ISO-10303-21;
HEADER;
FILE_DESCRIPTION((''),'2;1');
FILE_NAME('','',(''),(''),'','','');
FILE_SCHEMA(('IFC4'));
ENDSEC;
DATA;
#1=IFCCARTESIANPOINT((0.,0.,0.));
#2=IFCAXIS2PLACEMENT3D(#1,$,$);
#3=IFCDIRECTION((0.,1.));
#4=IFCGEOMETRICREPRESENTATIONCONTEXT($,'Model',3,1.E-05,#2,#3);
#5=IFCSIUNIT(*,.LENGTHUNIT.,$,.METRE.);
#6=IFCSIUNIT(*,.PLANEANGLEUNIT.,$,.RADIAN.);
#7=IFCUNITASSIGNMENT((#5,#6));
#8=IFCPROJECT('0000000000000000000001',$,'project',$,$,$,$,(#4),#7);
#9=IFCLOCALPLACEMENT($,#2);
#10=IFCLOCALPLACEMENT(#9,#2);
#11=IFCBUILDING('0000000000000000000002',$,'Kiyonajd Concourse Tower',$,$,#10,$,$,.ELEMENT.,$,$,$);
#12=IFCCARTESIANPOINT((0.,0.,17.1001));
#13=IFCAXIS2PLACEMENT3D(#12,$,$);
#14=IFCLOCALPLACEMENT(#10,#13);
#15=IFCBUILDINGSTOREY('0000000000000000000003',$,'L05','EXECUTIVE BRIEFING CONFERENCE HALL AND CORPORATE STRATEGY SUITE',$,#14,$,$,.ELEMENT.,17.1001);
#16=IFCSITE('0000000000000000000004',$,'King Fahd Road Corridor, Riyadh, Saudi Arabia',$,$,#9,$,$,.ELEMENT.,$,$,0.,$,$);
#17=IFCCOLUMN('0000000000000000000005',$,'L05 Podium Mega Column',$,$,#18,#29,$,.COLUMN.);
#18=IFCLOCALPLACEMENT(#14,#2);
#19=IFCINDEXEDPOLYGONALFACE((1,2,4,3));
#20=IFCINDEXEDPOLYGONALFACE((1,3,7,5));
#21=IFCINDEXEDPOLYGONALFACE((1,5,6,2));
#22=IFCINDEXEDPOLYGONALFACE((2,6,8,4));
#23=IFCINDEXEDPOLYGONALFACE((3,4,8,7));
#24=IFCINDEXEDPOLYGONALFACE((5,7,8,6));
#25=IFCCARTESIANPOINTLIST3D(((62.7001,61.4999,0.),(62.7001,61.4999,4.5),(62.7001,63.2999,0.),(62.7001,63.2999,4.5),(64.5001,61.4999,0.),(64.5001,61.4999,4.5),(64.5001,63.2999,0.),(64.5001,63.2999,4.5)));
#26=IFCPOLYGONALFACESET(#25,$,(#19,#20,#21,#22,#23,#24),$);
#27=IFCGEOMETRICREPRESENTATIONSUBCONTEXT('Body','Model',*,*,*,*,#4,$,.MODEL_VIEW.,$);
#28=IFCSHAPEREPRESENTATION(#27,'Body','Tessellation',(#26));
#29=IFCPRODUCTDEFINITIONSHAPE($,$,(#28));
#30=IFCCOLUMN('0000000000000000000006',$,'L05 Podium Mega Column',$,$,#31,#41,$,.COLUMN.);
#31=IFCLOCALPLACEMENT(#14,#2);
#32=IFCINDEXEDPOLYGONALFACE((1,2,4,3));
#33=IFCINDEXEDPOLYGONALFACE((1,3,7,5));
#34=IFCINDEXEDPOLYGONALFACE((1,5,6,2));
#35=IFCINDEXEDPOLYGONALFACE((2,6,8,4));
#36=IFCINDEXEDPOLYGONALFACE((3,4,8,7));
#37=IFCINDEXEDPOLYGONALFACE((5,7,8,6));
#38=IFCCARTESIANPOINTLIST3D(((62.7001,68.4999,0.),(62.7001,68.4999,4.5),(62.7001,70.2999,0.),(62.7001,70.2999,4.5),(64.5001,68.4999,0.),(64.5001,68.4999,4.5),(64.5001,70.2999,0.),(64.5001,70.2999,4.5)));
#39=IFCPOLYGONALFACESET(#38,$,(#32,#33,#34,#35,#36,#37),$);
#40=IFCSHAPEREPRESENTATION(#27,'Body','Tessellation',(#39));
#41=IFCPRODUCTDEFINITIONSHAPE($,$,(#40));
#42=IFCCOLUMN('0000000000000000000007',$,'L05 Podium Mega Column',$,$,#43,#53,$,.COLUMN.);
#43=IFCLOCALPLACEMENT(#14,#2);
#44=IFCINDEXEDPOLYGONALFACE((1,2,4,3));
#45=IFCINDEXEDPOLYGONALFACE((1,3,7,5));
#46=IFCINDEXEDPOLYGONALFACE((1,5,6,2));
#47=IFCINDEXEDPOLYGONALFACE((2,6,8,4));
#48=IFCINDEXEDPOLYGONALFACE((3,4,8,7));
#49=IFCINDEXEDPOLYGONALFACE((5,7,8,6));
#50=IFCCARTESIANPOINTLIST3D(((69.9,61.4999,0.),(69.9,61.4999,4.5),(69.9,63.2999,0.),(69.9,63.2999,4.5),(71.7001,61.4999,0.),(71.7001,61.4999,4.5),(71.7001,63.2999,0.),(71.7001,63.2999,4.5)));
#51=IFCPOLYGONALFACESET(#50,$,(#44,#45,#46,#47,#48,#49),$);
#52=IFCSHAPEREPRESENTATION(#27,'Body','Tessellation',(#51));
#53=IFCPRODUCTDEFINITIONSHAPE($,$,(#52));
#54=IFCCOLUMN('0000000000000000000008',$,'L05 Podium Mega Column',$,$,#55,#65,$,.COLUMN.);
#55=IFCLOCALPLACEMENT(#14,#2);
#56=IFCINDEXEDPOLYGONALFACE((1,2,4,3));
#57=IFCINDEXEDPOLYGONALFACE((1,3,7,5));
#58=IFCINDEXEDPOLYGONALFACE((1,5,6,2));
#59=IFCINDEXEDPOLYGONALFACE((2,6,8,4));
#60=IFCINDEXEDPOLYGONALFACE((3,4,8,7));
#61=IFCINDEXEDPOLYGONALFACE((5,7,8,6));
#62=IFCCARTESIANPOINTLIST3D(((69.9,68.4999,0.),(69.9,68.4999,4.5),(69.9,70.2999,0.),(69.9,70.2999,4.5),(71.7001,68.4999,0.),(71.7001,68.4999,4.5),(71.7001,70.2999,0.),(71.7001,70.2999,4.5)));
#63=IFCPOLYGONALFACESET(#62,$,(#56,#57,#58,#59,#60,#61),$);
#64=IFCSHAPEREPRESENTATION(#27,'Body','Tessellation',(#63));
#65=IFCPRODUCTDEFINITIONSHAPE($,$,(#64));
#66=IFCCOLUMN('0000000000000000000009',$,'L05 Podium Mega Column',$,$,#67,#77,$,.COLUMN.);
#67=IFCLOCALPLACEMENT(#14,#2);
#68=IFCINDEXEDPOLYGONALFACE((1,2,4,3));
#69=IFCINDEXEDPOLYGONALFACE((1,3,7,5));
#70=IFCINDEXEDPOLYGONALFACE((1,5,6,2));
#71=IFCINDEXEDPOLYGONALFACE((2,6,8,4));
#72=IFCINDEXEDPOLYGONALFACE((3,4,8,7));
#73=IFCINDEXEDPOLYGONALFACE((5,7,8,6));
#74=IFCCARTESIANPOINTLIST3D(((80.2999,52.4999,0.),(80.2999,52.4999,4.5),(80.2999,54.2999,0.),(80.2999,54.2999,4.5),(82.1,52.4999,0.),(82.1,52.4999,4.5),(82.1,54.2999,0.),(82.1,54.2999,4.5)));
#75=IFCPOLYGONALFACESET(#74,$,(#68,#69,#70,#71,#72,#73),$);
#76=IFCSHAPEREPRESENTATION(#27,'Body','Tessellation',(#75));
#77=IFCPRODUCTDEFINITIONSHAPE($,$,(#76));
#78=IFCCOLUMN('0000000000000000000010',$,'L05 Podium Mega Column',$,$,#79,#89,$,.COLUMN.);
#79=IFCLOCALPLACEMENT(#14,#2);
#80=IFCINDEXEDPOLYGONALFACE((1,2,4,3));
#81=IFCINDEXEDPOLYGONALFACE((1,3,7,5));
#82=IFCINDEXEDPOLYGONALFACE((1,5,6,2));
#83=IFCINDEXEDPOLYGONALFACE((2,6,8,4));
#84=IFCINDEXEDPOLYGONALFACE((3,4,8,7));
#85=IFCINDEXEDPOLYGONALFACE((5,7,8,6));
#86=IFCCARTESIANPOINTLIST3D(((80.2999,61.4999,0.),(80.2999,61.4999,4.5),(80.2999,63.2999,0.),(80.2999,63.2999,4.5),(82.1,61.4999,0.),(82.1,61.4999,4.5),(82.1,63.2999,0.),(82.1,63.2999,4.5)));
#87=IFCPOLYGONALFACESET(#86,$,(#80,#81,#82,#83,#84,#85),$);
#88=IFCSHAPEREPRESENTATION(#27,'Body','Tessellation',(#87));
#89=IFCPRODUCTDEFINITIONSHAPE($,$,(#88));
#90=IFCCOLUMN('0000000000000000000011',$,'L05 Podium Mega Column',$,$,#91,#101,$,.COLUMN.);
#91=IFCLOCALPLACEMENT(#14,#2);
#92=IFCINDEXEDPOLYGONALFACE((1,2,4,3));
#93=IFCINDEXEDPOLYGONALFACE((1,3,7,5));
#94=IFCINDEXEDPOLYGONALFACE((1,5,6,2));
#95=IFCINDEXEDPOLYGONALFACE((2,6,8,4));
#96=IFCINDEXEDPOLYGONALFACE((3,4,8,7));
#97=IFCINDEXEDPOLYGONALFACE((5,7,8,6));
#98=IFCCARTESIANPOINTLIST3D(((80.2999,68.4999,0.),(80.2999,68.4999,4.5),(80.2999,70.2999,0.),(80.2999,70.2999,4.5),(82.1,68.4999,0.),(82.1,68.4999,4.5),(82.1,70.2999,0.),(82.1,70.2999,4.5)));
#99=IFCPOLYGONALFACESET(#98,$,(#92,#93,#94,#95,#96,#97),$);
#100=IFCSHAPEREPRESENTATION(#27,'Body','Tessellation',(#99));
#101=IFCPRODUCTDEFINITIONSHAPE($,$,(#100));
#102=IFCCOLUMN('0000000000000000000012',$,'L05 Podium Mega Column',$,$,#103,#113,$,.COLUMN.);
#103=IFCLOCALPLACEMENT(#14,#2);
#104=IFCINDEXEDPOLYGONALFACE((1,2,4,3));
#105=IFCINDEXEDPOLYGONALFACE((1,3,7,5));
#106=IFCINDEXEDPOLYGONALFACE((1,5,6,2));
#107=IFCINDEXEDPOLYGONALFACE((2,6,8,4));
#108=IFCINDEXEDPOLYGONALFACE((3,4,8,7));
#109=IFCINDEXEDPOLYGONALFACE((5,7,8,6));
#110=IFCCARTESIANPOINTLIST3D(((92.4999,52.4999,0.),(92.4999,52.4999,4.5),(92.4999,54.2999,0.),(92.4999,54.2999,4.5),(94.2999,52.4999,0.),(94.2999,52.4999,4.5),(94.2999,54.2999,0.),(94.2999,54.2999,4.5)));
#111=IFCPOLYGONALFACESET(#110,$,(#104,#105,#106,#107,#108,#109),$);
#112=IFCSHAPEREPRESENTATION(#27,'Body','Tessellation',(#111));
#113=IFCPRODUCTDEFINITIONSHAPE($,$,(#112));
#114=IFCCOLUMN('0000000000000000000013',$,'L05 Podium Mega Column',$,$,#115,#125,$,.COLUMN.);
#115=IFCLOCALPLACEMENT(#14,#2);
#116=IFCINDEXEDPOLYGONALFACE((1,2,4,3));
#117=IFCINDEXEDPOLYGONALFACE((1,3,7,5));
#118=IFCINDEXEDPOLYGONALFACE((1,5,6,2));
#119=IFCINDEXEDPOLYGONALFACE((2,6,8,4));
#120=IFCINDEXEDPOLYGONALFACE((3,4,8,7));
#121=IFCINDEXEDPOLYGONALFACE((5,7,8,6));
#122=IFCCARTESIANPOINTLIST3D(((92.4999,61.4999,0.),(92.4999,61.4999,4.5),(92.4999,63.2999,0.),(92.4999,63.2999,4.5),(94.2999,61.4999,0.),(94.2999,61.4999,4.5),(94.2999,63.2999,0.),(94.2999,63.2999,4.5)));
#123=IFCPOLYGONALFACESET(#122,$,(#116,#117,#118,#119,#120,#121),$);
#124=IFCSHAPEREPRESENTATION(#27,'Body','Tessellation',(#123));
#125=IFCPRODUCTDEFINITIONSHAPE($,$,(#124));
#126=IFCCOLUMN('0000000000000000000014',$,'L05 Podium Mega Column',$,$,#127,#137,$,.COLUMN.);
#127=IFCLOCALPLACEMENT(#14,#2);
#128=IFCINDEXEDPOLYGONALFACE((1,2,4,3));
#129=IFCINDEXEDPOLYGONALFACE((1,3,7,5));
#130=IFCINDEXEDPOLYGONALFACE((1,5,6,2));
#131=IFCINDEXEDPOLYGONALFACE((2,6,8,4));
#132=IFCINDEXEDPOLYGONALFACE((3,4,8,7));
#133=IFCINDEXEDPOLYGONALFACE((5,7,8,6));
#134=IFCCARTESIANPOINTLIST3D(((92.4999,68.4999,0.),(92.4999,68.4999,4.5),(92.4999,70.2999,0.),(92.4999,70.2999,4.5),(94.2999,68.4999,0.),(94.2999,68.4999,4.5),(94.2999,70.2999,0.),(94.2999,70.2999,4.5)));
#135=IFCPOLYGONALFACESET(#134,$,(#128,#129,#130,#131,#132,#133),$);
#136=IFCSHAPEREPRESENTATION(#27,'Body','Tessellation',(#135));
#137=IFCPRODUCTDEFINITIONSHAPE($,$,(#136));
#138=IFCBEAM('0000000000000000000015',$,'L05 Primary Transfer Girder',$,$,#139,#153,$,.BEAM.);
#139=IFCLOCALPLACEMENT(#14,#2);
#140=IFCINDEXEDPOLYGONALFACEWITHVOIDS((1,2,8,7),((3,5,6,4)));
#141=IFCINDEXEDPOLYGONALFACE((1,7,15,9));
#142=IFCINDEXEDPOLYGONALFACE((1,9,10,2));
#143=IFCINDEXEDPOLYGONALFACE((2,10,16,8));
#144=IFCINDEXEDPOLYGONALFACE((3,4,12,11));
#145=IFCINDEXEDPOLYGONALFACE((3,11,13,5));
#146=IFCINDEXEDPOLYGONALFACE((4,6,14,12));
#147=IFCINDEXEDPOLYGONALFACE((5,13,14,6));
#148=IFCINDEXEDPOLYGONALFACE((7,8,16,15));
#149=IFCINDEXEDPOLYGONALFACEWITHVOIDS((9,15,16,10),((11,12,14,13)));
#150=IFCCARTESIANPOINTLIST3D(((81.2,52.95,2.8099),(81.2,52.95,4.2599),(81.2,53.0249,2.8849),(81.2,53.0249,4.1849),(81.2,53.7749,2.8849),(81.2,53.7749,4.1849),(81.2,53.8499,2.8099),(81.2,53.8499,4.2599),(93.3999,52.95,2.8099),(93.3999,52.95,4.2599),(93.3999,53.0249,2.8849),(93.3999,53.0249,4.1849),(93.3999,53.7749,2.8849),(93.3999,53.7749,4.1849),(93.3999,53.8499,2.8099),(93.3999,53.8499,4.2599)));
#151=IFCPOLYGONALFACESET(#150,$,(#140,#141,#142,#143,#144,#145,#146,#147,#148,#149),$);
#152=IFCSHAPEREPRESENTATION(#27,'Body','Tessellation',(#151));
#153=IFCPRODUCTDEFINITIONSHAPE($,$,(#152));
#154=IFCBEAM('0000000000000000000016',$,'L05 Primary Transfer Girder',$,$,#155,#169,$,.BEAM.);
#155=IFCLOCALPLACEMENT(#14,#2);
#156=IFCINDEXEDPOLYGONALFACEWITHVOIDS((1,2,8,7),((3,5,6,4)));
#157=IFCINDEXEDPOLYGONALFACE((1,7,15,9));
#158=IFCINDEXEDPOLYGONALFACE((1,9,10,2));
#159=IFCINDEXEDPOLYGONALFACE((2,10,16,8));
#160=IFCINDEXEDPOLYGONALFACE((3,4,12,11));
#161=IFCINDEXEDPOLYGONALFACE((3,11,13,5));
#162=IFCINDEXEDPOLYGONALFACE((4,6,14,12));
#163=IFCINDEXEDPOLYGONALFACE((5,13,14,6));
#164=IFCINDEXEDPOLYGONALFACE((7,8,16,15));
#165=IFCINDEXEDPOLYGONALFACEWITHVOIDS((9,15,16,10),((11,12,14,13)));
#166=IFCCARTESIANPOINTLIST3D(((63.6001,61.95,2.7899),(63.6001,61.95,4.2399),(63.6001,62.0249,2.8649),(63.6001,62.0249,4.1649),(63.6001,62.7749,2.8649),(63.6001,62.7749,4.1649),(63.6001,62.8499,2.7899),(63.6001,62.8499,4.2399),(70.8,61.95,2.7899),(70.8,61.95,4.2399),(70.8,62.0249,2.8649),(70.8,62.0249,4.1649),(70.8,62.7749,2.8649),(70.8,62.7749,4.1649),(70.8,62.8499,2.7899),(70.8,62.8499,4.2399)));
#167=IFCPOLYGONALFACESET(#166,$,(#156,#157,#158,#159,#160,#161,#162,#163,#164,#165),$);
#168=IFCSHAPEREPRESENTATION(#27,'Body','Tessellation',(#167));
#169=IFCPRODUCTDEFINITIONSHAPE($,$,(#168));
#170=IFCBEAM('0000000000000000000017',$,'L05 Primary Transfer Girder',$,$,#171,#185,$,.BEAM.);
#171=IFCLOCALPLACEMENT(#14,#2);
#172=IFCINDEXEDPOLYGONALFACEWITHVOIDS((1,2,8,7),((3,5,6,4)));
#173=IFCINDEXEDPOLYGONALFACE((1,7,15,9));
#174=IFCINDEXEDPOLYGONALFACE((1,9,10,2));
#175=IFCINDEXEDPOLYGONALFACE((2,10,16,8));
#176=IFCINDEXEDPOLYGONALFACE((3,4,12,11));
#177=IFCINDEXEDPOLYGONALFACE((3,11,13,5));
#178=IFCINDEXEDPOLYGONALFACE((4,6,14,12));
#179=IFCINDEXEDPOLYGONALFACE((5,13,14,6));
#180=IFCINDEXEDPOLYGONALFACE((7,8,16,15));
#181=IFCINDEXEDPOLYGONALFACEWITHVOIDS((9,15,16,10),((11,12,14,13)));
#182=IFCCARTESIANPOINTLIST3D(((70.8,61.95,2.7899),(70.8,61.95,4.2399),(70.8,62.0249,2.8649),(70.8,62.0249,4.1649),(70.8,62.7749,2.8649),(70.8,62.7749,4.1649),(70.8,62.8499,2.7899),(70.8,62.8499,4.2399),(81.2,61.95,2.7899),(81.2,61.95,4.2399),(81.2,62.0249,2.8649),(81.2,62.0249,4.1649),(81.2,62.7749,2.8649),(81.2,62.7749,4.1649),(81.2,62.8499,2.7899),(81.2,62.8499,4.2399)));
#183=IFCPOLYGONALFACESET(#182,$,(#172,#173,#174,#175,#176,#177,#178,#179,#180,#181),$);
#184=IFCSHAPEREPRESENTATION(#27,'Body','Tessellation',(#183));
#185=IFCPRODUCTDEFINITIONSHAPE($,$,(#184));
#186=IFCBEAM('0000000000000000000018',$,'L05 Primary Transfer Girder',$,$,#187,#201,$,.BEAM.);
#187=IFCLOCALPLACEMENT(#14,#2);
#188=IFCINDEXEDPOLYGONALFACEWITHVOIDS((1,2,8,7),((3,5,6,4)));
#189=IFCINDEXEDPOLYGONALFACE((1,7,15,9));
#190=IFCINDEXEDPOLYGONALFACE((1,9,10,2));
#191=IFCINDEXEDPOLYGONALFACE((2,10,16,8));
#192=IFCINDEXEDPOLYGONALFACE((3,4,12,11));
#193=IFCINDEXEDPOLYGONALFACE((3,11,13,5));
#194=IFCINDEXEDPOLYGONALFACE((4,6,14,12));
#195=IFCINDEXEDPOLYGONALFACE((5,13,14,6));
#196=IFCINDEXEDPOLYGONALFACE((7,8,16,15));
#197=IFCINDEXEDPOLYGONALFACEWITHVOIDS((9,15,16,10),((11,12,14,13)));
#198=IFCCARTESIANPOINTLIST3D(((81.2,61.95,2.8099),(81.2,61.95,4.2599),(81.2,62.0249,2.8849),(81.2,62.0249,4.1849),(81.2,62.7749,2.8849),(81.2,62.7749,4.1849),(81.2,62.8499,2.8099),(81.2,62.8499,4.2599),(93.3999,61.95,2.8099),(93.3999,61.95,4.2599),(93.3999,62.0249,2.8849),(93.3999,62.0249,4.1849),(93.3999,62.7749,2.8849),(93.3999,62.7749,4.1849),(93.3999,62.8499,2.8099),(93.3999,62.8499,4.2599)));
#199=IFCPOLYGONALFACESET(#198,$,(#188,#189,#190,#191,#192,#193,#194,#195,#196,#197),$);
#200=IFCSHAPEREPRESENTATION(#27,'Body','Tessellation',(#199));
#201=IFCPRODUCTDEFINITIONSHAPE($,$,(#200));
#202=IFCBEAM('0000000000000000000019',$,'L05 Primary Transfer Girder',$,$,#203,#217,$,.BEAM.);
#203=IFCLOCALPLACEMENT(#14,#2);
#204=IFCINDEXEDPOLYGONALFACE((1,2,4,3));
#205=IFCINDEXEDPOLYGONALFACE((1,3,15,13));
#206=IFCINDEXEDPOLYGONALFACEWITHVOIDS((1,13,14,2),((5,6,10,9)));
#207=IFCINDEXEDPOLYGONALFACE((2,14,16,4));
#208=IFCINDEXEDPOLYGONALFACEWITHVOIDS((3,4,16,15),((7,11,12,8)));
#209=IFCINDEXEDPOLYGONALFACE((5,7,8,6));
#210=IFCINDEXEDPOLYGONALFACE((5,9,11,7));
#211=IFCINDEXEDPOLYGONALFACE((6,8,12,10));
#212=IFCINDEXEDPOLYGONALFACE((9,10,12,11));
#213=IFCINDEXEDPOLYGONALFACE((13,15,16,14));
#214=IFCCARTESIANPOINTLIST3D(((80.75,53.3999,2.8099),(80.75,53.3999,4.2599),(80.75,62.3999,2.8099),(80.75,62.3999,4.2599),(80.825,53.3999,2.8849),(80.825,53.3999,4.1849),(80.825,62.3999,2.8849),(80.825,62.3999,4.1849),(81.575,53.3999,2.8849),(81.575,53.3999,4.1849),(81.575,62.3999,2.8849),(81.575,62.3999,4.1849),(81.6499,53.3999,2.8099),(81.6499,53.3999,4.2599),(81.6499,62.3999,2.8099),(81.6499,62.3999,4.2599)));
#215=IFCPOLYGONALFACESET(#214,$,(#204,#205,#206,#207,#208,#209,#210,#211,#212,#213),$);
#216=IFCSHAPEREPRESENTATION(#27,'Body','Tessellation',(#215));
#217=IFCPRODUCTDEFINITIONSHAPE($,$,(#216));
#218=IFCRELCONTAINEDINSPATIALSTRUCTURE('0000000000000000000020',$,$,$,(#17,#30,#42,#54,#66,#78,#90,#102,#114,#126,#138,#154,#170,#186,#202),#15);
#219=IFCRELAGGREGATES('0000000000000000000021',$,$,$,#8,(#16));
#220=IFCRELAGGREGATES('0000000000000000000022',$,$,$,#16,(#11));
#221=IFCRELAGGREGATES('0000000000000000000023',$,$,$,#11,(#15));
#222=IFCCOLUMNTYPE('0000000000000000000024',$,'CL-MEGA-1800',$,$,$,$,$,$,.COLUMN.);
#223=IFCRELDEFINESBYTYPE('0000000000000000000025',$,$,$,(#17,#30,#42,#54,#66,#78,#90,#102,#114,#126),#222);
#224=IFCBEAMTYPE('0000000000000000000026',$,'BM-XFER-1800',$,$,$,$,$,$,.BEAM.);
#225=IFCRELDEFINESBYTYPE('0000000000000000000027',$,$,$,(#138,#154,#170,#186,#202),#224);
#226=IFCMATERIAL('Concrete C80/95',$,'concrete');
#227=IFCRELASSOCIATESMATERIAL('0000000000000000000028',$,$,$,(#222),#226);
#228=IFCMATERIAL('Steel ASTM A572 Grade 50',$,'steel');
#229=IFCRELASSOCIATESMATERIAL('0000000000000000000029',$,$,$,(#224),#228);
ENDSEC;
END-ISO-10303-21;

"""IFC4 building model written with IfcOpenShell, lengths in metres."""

from ifc_helpers import new_model, si_unit, direction, frame, origin, origin_2d, place, context, subcontext, project, spatial, rectangle, hollow_rectangle, extrude, material, material_profile, profile_set, type_object, element, save


model = new_model("IFC4")

# Units and contexts
model_context = context("Model", 3, precision=1e-05, world=origin(), true_north=direction((0.0, 1.0)))
body_context = subcontext(model_context, "Body", "Model", "MODEL_VIEW")
ifc_project = project(units=[si_unit("LENGTHUNIT", "METRE"), si_unit("PLANEANGLEUNIT", "RADIAN")], contexts=[model_context])

# Site, building, storey
site_placement = place(None, origin())
site = spatial("IfcSite", under=ifc_project, at=site_placement, Name="King Fahd Road Corridor, Riyadh, Saudi Arabia", CompositionType="ELEMENT", RefElevation=0.0)
building_placement = place(site_placement, origin())
building = spatial("IfcBuilding", under=site, at=building_placement, Name="Kiyonajd Concourse Tower", CompositionType="ELEMENT")
storey_placement = place(building_placement, frame((0.0, 0.0, 17.1001)))
storey = spatial("IfcBuildingStorey", under=building, at=storey_placement, Name="L05", Description="EXECUTIVE BRIEFING CONFERENCE HALL AND CORPORATE STRATEGY SUITE", CompositionType="ELEMENT", Elevation=17.1001)

# Columns
ifc_material_1 = material(Name="Concrete C80/95", Category="concrete")
ifc_material_profile_1 = material_profile(ifc_material_1, rectangle(XDim=1.8, YDim=1.8, at=origin_2d()), Name="RC-1800x1800")
ifc_profile_set_1 = profile_set([ifc_material_profile_1], Name="Concrete C80/95")
column_type = type_object("IfcColumnType", Name="CL-MEGA-1800", PredefinedType="COLUMN", material=ifc_profile_set_1)
for number, where, z_axis, x_axis, name in (
    (1, (63.6001, 62.3999, 0.0), (0.0, 0.0, 1.0), (1.0, 0.0, 0.0), "L05 Podium Mega Column"),
    (2, (63.6001, 69.3999, 0.0), (0.0, 0.0, 1.0), (1.0, 0.0, 0.0), "L05 Podium Mega Column"),
    (3, (70.8, 62.3999, 0.0), (0.0, 0.0, 1.0), (1.0, 0.0, 0.0), "L05 Podium Mega Column"),
    (4, (70.8, 69.3999, 0.0), (0.0, 0.0, 1.0), (1.0, 0.0, 0.0), "L05 Podium Mega Column"),
    (5, (81.2, 53.3999, 0.0), (0.0, 0.0, 1.0), (1.0, 0.0, 0.0), "L05 Podium Mega Column"),
    (6, (81.2, 62.3999, 0.0), (0.0, 0.0, 1.0), (1.0, 0.0, 0.0), "L05 Podium Mega Column"),
    (7, (81.2, 69.3999, 0.0), (0.0, 0.0, 1.0), (1.0, 0.0, 0.0), "L05 Podium Mega Column"),
    (8, (93.3999, 53.3999, 0.0), (0.0, 0.0, 1.0), (1.0, 0.0, 0.0), "L05 Podium Mega Column"),
    (9, (93.3999, 62.3999, 0.0), (0.0, 0.0, 1.0), (1.0, 0.0, 0.0), "L05 Podium Mega Column"),
    (10, (93.3999, 69.3999, 0.0), (0.0, 0.0, 1.0), (1.0, 0.0, 0.0), "L05 Podium Mega Column"),
):
    element("IfcColumn", number, at=place(storey_placement, frame(where, z_axis=z_axis, x_axis=x_axis)), inside=storey, type_object=column_type, Name=name, PredefinedType="COLUMN", context=body_context, shape_type="SweptSolid", body=[
        extrude(rectangle(XDim=1.8, YDim=1.8, at=origin_2d()), origin(), (0.0, 0.0, 1.0), 4.5),
    ])

# Beams
ifc_material_2 = material(Name="Steel ASTM A572 Grade 50", Category="steel")
ifc_material_profile_2 = material_profile(ifc_material_2, hollow_rectangle(XDim=0.8999, YDim=1.45, WallThickness=0.075, at=origin_2d()), Name="BOX-1450x900x75")
ifc_profile_set_2 = profile_set([ifc_material_profile_2], Name="Steel ASTM A572 Grade 50")
beam_type = type_object("IfcBeamType", Name="BM-XFER-1800", PredefinedType="BEAM", material=ifc_profile_set_2)
beam_1_placement = place(storey_placement, frame((81.2, 53.3999, 3.5349), z_axis=(1.0, 0.0, 0.0), x_axis=(0.0, 1.0, 0.0)))
element("IfcBeam", 11, at=beam_1_placement, inside=storey, type_object=beam_type, Name="L05 Primary Transfer Girder", PredefinedType="BEAM", context=body_context, shape_type="SweptSolid", body=[
    extrude(hollow_rectangle(XDim=0.8999, YDim=1.45, WallThickness=0.075, at=origin_2d()), origin(), (0.0, 0.0, 1.0), 12.2),
])
beam_2_placement = place(storey_placement, frame((63.6001, 62.3999, 3.5149), z_axis=(1.0, 0.0, 0.0), x_axis=(0.0, 1.0, 0.0)))
element("IfcBeam", 12, at=beam_2_placement, inside=storey, type_object=beam_type, Name="L05 Primary Transfer Girder", PredefinedType="BEAM", context=body_context, shape_type="SweptSolid", body=[
    extrude(hollow_rectangle(XDim=0.8999, YDim=1.45, WallThickness=0.075, at=origin_2d()), origin(), (0.0, 0.0, 1.0), 7.2),
])
beam_3_placement = place(storey_placement, frame((70.8, 62.3999, 3.5149), z_axis=(1.0, 0.0, 0.0), x_axis=(0.0, 1.0, 0.0)))
element("IfcBeam", 13, at=beam_3_placement, inside=storey, type_object=beam_type, Name="L05 Primary Transfer Girder", PredefinedType="BEAM", context=body_context, shape_type="SweptSolid", body=[
    extrude(hollow_rectangle(XDim=0.8999, YDim=1.45, WallThickness=0.075, at=origin_2d()), origin(), (0.0, 0.0, 1.0), 10.3999),
])
beam_4_placement = place(storey_placement, frame((81.2, 62.3999, 3.5349), z_axis=(1.0, 0.0, 0.0), x_axis=(0.0, 1.0, 0.0)))
element("IfcBeam", 14, at=beam_4_placement, inside=storey, type_object=beam_type, Name="L05 Primary Transfer Girder", PredefinedType="BEAM", context=body_context, shape_type="SweptSolid", body=[
    extrude(hollow_rectangle(XDim=0.8999, YDim=1.45, WallThickness=0.075, at=origin_2d()), origin(), (0.0, 0.0, 1.0), 12.2),
])
for number, where, z_axis, x_axis, name in (
    (15, (81.2, 53.3999, 3.5349), (0.0, 1.0, 0.0), (-1.0, 0.0, 0.0), "L05 Primary Transfer Girder"),
):
    element("IfcBeam", number, at=place(storey_placement, frame(where, z_axis=z_axis, x_axis=x_axis)), inside=storey, type_object=beam_type, Name=name, PredefinedType="BEAM", context=body_context, shape_type="SweptSolid", body=[
        extrude(hollow_rectangle(XDim=0.8999, YDim=1.45, WallThickness=0.075, at=origin_2d()), origin(), (0.0, 0.0, 1.0), 9.0),
    ])

save(model, "model.ifc")
